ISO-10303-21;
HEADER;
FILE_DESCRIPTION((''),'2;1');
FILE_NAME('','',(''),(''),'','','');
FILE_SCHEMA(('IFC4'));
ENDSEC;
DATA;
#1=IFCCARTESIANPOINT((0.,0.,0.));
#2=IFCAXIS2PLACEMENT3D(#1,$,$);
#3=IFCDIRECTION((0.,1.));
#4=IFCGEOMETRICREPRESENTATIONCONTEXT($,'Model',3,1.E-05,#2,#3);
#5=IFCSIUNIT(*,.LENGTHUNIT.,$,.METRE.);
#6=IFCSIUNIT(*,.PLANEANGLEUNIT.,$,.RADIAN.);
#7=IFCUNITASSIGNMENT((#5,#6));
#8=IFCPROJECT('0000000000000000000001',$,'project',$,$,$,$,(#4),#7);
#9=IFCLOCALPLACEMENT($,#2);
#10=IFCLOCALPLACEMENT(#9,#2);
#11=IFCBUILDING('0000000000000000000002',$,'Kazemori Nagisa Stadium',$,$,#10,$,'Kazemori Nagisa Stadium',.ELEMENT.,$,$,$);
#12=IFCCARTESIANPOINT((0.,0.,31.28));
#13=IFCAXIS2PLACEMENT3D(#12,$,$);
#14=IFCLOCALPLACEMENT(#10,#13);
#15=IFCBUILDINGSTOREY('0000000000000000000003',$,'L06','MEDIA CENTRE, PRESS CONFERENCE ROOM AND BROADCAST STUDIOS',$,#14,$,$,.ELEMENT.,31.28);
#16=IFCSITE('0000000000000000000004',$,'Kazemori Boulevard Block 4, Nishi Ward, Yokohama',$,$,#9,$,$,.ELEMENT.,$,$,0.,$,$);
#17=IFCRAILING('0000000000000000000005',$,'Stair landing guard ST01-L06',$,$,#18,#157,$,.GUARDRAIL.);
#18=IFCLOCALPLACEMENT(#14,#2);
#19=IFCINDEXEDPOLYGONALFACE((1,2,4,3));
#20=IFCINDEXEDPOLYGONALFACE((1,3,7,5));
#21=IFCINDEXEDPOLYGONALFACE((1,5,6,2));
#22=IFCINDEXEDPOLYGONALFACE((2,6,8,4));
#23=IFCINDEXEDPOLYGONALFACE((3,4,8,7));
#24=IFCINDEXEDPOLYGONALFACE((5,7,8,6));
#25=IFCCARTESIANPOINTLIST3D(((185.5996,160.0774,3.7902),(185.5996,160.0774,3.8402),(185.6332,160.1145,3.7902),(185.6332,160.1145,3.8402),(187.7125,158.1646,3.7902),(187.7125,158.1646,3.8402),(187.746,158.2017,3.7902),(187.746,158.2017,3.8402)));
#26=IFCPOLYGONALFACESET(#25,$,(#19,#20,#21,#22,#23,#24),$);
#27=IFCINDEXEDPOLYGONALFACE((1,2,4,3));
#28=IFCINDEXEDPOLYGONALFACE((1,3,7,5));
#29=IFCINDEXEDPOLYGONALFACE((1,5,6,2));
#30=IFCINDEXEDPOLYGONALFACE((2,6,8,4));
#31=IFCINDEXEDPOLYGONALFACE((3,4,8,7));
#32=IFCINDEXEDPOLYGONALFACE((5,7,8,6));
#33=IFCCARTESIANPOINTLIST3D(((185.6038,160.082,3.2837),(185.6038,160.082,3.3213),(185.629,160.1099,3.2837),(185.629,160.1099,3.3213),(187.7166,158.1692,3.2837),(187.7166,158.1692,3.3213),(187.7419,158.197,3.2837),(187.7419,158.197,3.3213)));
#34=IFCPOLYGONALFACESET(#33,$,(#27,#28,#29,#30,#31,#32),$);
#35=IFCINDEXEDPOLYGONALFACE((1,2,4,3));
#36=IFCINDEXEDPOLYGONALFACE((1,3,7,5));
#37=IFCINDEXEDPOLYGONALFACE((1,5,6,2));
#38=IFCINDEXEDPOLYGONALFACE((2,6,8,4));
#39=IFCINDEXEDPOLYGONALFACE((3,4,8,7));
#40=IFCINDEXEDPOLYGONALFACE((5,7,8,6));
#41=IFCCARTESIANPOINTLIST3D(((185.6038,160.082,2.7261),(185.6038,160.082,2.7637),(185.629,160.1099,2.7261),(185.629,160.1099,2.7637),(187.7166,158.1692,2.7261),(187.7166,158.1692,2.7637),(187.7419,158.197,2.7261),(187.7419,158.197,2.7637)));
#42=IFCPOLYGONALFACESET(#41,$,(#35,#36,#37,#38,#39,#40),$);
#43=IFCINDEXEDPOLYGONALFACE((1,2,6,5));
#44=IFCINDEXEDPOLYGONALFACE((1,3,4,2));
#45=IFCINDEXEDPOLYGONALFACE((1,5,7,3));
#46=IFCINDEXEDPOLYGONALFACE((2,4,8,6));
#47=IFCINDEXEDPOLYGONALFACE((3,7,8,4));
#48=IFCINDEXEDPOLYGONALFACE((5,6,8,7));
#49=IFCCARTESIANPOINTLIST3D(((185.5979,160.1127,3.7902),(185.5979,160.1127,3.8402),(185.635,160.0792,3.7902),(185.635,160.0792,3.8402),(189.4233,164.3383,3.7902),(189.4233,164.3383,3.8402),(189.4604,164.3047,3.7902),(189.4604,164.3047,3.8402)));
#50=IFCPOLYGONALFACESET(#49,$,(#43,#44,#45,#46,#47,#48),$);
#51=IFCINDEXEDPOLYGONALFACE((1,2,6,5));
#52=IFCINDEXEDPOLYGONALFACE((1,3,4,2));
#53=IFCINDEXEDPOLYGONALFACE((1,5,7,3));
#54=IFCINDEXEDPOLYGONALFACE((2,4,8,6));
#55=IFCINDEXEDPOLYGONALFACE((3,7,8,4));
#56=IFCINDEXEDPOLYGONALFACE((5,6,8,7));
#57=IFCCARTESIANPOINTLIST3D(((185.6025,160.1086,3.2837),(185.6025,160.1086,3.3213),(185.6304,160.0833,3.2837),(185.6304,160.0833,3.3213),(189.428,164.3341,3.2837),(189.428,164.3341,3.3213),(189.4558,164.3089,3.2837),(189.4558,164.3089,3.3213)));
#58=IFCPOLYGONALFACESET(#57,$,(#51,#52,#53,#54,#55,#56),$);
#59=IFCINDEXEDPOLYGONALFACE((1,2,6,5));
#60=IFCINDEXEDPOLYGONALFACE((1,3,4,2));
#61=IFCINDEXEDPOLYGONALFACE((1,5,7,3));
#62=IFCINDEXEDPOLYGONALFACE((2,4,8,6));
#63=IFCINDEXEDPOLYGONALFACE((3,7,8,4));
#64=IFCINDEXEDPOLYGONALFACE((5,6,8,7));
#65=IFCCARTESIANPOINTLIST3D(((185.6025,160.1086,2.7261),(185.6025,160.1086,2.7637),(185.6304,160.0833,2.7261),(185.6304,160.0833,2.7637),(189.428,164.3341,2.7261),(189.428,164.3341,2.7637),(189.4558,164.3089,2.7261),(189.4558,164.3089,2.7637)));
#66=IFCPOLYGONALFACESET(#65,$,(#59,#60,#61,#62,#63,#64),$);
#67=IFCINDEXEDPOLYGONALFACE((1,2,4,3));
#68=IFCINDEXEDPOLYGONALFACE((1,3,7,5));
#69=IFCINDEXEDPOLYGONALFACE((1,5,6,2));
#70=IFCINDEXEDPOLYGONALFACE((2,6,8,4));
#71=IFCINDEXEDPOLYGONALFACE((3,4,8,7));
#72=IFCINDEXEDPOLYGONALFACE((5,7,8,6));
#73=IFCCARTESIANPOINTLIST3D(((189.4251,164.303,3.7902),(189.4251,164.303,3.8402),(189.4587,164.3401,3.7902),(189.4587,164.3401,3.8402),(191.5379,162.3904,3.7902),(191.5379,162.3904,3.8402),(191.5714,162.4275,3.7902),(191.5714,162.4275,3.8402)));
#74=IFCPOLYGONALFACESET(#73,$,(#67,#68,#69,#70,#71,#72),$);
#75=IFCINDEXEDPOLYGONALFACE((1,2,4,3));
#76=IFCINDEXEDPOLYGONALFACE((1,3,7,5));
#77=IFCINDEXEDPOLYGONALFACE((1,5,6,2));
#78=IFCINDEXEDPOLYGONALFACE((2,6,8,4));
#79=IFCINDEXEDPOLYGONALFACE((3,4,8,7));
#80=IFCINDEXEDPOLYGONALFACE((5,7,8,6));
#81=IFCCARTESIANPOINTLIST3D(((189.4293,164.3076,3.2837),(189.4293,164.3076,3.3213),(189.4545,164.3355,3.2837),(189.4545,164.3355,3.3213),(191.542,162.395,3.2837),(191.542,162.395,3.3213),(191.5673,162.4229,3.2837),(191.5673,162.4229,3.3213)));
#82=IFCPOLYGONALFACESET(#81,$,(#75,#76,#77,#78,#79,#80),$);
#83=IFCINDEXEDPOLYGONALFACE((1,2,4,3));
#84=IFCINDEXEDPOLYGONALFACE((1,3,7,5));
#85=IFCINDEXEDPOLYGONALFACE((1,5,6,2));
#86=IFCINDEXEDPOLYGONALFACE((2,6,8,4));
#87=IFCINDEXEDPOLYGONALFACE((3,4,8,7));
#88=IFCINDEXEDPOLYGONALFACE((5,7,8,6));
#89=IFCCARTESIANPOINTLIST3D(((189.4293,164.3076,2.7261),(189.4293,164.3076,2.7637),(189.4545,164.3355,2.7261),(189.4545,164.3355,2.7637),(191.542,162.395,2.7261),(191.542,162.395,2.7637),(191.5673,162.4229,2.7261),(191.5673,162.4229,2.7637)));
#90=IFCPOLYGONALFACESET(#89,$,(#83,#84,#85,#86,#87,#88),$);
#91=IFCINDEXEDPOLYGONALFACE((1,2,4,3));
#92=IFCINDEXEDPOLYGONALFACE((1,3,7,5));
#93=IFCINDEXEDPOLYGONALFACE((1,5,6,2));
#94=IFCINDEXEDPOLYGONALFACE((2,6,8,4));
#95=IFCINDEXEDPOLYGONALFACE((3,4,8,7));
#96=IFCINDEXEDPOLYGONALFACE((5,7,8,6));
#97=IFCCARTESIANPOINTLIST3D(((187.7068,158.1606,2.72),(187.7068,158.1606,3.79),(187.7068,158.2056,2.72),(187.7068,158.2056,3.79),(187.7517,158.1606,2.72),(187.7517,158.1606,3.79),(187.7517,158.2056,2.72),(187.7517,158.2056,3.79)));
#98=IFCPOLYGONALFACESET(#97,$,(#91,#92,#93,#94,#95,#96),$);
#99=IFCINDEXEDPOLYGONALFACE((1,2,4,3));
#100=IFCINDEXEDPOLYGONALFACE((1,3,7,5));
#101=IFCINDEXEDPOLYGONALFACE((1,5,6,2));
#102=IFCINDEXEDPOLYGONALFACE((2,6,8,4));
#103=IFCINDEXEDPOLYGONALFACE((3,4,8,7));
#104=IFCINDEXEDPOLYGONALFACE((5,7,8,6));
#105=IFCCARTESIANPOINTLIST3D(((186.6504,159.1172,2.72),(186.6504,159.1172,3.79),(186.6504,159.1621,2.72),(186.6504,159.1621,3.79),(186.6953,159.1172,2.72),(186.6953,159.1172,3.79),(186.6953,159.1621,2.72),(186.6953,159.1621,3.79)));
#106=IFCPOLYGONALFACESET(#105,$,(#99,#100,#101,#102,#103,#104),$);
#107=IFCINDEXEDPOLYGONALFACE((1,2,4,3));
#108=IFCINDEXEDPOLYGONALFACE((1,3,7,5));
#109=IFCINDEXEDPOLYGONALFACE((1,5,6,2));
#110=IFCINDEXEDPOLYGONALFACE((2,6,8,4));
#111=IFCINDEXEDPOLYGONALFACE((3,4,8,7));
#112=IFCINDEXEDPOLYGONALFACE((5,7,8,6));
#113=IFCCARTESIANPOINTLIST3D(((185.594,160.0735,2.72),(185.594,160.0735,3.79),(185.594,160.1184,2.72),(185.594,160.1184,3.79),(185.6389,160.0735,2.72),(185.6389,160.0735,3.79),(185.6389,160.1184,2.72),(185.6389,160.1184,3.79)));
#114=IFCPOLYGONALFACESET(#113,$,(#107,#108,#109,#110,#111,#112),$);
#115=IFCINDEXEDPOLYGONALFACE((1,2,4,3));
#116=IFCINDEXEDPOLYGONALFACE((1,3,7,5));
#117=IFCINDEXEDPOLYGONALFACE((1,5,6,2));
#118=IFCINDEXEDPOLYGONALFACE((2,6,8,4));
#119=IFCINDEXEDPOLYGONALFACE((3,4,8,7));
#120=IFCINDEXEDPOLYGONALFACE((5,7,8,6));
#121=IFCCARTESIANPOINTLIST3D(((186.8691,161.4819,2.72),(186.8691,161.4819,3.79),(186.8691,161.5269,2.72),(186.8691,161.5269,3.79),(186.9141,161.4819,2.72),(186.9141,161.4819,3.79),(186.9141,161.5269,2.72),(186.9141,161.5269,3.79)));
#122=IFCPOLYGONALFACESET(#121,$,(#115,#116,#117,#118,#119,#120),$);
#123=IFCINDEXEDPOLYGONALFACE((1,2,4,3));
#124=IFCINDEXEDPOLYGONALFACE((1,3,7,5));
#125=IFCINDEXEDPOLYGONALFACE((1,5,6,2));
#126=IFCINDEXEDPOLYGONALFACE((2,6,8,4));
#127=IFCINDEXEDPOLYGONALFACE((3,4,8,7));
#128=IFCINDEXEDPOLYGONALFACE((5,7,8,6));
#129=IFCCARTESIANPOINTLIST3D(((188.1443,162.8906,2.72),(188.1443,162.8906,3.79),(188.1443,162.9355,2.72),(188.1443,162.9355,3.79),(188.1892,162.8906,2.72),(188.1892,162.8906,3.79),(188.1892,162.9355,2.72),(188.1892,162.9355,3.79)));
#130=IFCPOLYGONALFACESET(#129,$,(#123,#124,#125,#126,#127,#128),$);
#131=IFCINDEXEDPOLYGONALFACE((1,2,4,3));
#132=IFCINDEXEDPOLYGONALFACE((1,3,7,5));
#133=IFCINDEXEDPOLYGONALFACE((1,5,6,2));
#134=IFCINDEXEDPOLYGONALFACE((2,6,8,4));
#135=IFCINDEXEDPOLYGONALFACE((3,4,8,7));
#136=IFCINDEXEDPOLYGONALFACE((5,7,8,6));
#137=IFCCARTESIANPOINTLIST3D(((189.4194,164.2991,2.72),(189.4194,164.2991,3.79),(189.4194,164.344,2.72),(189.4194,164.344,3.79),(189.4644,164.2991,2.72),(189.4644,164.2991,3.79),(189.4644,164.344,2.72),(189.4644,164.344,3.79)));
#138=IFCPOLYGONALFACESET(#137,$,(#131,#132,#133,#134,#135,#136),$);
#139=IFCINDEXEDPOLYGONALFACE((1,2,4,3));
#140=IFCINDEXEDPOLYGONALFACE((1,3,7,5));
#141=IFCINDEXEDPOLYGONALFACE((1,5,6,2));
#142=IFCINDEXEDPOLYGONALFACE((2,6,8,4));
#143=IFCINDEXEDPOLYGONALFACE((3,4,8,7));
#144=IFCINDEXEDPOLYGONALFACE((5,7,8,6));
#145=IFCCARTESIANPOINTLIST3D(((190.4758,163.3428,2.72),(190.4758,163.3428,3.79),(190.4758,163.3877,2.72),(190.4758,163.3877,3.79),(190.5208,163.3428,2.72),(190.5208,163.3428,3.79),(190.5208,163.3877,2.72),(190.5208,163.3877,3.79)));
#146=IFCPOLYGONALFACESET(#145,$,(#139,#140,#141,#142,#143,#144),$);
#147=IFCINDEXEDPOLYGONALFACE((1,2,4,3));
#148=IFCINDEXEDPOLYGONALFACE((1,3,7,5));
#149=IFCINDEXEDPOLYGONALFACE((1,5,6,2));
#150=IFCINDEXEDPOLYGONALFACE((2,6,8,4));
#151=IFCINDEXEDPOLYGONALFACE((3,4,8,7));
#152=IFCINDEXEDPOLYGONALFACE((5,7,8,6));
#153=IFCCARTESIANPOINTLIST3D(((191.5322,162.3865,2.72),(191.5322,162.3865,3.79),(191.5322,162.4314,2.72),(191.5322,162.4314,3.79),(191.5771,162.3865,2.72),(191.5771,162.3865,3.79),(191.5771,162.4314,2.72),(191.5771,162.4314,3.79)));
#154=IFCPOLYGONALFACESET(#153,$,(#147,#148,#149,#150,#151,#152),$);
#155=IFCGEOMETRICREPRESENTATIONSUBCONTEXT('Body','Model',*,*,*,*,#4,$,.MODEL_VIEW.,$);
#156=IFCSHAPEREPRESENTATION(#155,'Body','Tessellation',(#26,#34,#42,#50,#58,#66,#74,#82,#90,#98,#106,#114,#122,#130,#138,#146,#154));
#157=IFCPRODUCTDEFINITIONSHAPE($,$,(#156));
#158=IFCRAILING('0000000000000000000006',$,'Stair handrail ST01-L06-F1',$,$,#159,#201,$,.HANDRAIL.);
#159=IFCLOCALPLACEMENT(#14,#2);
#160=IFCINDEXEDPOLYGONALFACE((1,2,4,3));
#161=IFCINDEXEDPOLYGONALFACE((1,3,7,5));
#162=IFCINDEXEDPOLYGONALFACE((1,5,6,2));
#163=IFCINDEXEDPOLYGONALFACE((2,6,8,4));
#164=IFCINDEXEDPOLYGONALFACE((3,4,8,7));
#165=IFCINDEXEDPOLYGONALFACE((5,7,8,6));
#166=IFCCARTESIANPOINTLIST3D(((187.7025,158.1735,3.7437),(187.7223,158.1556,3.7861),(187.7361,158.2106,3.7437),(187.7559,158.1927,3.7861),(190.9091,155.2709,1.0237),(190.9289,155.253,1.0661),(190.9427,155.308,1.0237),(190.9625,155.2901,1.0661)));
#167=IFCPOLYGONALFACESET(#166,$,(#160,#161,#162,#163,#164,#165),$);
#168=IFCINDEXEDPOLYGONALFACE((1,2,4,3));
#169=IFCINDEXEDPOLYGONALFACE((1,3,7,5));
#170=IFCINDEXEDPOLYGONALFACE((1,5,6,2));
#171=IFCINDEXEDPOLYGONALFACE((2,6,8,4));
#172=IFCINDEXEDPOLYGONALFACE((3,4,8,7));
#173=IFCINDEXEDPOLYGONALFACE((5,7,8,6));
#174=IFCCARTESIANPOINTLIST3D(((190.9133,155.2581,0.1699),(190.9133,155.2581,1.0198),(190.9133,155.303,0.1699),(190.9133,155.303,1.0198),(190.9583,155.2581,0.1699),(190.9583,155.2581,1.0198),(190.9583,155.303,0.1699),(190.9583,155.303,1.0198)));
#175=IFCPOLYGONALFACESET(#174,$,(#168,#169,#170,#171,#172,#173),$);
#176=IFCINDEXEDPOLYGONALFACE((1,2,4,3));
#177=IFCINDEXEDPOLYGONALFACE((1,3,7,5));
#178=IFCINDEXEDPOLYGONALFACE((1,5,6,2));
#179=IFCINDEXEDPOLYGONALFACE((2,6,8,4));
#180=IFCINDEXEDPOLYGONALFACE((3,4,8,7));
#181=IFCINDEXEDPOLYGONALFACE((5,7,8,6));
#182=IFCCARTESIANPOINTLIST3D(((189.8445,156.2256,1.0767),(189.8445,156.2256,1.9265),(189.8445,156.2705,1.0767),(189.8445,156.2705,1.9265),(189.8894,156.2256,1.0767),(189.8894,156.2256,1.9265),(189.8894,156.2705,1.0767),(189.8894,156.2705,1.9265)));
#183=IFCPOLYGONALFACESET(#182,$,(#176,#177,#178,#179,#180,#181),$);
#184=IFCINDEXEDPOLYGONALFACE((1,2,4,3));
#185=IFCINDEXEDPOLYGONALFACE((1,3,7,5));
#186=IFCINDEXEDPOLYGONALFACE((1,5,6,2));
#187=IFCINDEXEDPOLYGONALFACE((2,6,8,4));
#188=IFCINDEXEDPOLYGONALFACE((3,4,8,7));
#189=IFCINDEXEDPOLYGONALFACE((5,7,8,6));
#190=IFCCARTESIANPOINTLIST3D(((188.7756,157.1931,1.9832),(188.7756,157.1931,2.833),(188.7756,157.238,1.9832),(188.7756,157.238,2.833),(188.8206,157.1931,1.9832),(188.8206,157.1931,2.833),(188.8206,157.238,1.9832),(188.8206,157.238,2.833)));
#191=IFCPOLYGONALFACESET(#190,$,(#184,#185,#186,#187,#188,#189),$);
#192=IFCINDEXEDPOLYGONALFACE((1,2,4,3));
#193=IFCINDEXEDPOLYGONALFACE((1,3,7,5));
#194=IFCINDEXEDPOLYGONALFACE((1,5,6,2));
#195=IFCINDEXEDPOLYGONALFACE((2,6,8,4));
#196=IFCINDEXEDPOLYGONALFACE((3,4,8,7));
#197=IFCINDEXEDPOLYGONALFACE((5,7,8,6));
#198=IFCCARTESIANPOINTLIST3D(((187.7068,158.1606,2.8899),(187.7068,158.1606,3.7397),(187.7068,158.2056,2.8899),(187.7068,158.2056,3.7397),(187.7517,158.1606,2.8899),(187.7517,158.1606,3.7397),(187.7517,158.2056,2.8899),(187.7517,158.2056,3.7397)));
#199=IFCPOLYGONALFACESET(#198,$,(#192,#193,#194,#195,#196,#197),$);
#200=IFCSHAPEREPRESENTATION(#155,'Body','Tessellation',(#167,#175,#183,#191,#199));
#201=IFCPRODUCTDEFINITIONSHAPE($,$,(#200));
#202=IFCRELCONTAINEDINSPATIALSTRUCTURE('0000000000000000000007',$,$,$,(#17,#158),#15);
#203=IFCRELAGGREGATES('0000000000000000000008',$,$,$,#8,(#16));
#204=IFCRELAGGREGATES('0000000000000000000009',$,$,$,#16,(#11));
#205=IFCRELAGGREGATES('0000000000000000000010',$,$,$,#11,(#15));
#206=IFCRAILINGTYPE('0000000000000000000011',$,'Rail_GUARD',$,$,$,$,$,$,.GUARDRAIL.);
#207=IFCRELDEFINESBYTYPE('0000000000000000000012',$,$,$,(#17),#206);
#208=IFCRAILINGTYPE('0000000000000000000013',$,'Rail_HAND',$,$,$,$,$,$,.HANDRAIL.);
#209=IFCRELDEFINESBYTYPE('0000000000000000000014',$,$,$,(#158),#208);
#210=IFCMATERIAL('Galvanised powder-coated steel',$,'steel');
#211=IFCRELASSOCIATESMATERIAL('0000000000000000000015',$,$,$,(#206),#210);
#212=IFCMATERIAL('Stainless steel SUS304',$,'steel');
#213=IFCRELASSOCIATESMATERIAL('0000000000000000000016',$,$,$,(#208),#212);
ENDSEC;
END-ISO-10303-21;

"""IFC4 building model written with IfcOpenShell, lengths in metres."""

from ifc_helpers import new_model, si_unit, direction, frame, origin, origin_2d, place, context, subcontext, project, spatial, rectangle, extrude, material, type_object, element, save


model = new_model("IFC4")

# Units and contexts
model_context = context("Model", 3, precision=1e-05, world=origin(), true_north=direction((0.0, 1.0)))
body_context = subcontext(model_context, "Body", "Model", "MODEL_VIEW")
ifc_project = project(units=[si_unit("LENGTHUNIT", "METRE"), si_unit("PLANEANGLEUNIT", "RADIAN")], contexts=[model_context])

# Site, building, storey
site_placement = place(None, origin())
site = spatial("IfcSite", under=ifc_project, at=site_placement, Name="Kazemori Boulevard Block 4, Nishi Ward, Yokohama", CompositionType="ELEMENT", RefElevation=0.0)
building_placement = place(site_placement, origin())
building = spatial("IfcBuilding", under=site, at=building_placement, Name="Kazemori Nagisa Stadium", LongName="Kazemori Nagisa Stadium", CompositionType="ELEMENT")
storey_placement = place(building_placement, frame((0.0, 0.0, 31.28)))
storey = spatial("IfcBuildingStorey", under=building, at=storey_placement, Name="L06", Description="MEDIA CENTRE, PRESS CONFERENCE ROOM AND BROADCAST STUDIOS", CompositionType="ELEMENT", Elevation=31.28)

# Railings
ifc_material_1 = material(Name="Galvanised powder-coated steel", Category="steel")
railing_type_1 = type_object("IfcRailingType", Name="Rail_GUARD", PredefinedType="GUARDRAIL", material=ifc_material_1)
railing_1_placement = place(storey_placement, frame((187.7292, 158.1831, 2.72)))
element("IfcRailing", 1, at=railing_1_placement, inside=storey, type_object=railing_type_1, Name="Stair landing guard ST01-L06", PredefinedType="GUARDRAIL", context=body_context, shape_type="SweptSolid", body=[
    extrude(rectangle(XDim=0.05, YDim=0.05, at=origin_2d()), frame((0.0, 0.0, 1.0952), z_axis=(-0.741315, 0.671158, 0.0), x_axis=(-0.671158, -0.741315, 0.0)), (0.0, 0.0, 1.0), 2.8501),
    extrude(rectangle(XDim=0.0376, YDim=0.0376, at=origin_2d()), frame((0.0, 0.0, 0.5825), z_axis=(-0.741315, 0.671158, 0.0), x_axis=(-0.671158, -0.741315, 0.0)), (0.0, 0.0, 1.0), 2.8501),
    extrude(rectangle(XDim=0.0376, YDim=0.0376, at=origin_2d()), frame((0.0, 0.0, 0.0249), z_axis=(-0.741315, 0.671158, 0.0), x_axis=(-0.671158, -0.741315, 0.0)), (0.0, 0.0, 1.0), 2.8501),
    extrude(rectangle(XDim=0.05, YDim=0.05, at=origin_2d()), frame((-2.1128, 1.9128, 1.0952), z_axis=(0.671134, 0.741336, 0.0), x_axis=(-0.741336, 0.671134, 0.0)), (0.0, 0.0, 1.0), 5.7),
    extrude(rectangle(XDim=0.0376, YDim=0.0376, at=origin_2d()), frame((-2.1128, 1.9128, 0.5825), z_axis=(0.671134, 0.741336, 0.0), x_axis=(-0.741336, 0.671134, 0.0)), (0.0, 0.0, 1.0), 5.7),
    extrude(rectangle(XDim=0.0376, YDim=0.0376, at=origin_2d()), frame((-2.1128, 1.9128, 0.0249), z_axis=(0.671134, 0.741336, 0.0), x_axis=(-0.741336, 0.671134, 0.0)), (0.0, 0.0, 1.0), 5.7),
    extrude(rectangle(XDim=0.05, YDim=0.05, at=origin_2d()), frame((1.7126, 6.1384, 1.0952), z_axis=(0.741357, -0.671111, 0.0), x_axis=(0.671111, 0.741357, 0.0)), (0.0, 0.0, 1.0), 2.8499),
    extrude(rectangle(XDim=0.0376, YDim=0.0376, at=origin_2d()), frame((1.7126, 6.1384, 0.5825), z_axis=(0.741357, -0.671111, 0.0), x_axis=(0.671111, 0.741357, 0.0)), (0.0, 0.0, 1.0), 2.8499),
    extrude(rectangle(XDim=0.0376, YDim=0.0376, at=origin_2d()), frame((1.7126, 6.1384, 0.0249), z_axis=(0.741357, -0.671111, 0.0), x_axis=(0.671111, 0.741357, 0.0)), (0.0, 0.0, 1.0), 2.8499),
    extrude(rectangle(XDim=0.0449, YDim=0.0449, at=origin_2d()), origin(), (0.0, 0.0, 1.0), 1.0701),
    extrude(rectangle(XDim=0.0449, YDim=0.0449, at=origin_2d()), frame((-1.0564, 0.9565, 0.0)), (0.0, 0.0, 1.0), 1.0701),
    extrude(rectangle(XDim=0.0449, YDim=0.0449, at=origin_2d()), frame((-2.1128, 1.9128, 0.0)), (0.0, 0.0, 1.0), 1.0701),
    extrude(rectangle(XDim=0.0449, YDim=0.0449, at=origin_2d()), frame((-0.8376, 3.3213, 0.0)), (0.0, 0.0, 1.0), 1.0701),
    extrude(rectangle(XDim=0.0449, YDim=0.0449, at=origin_2d()), frame((0.4375, 4.73, 0.0)), (0.0, 0.0, 1.0), 1.0701),
    extrude(rectangle(XDim=0.0449, YDim=0.0449, at=origin_2d()), frame((1.7126, 6.1384, 0.0)), (0.0, 0.0, 1.0), 1.0701),
    extrude(rectangle(XDim=0.0449, YDim=0.0449, at=origin_2d()), frame((2.769, 5.1821, 0.0)), (0.0, 0.0, 1.0), 1.0701),
    extrude(rectangle(XDim=0.0449, YDim=0.0449, at=origin_2d()), frame((3.8254, 4.2258, 0.0)), (0.0, 0.0, 1.0), 1.0701),
])
ifc_material_2 = material(Name="Stainless steel SUS304", Category="steel")
railing_type_2 = type_object("IfcRailingType", Name="Rail_HAND", PredefinedType="HANDRAIL", material=ifc_material_2)
railing_2_placement = place(storey_placement, frame((190.9358, 155.2805, 0.1699)))
element("IfcRailing", 2, at=railing_2_placement, inside=storey, type_object=railing_type_2, Name="Stair handrail ST01-L06-F1", PredefinedType="HANDRAIL", context=body_context, shape_type="SweptSolid", body=[
    extrude(rectangle(XDim=0.05, YDim=0.05, at=origin_2d()), frame((0.0, 0.0, 0.875), z_axis=(-0.627587, 0.568096, 0.532354), x_axis=(-0.671095, -0.741371, 0.0)), (0.0, 0.0, 1.0), 5.1094),
    extrude(rectangle(XDim=0.0449, YDim=0.0449, at=origin_2d()), origin(), (0.0, 0.0, 1.0), 0.8499),
    extrude(rectangle(XDim=0.0449, YDim=0.0449, at=origin_2d()), frame((-1.0688, 0.9675, 0.9067)), (0.0, 0.0, 1.0), 0.8499),
    extrude(rectangle(XDim=0.0449, YDim=0.0449, at=origin_2d()), frame((-2.1377, 1.9351, 1.8132)), (0.0, 0.0, 1.0), 0.8499),
    extrude(rectangle(XDim=0.0449, YDim=0.0449, at=origin_2d()), frame((-3.2065, 2.9026, 2.72)), (0.0, 0.0, 1.0), 0.8499),
])

save(model, "model.ifc")
